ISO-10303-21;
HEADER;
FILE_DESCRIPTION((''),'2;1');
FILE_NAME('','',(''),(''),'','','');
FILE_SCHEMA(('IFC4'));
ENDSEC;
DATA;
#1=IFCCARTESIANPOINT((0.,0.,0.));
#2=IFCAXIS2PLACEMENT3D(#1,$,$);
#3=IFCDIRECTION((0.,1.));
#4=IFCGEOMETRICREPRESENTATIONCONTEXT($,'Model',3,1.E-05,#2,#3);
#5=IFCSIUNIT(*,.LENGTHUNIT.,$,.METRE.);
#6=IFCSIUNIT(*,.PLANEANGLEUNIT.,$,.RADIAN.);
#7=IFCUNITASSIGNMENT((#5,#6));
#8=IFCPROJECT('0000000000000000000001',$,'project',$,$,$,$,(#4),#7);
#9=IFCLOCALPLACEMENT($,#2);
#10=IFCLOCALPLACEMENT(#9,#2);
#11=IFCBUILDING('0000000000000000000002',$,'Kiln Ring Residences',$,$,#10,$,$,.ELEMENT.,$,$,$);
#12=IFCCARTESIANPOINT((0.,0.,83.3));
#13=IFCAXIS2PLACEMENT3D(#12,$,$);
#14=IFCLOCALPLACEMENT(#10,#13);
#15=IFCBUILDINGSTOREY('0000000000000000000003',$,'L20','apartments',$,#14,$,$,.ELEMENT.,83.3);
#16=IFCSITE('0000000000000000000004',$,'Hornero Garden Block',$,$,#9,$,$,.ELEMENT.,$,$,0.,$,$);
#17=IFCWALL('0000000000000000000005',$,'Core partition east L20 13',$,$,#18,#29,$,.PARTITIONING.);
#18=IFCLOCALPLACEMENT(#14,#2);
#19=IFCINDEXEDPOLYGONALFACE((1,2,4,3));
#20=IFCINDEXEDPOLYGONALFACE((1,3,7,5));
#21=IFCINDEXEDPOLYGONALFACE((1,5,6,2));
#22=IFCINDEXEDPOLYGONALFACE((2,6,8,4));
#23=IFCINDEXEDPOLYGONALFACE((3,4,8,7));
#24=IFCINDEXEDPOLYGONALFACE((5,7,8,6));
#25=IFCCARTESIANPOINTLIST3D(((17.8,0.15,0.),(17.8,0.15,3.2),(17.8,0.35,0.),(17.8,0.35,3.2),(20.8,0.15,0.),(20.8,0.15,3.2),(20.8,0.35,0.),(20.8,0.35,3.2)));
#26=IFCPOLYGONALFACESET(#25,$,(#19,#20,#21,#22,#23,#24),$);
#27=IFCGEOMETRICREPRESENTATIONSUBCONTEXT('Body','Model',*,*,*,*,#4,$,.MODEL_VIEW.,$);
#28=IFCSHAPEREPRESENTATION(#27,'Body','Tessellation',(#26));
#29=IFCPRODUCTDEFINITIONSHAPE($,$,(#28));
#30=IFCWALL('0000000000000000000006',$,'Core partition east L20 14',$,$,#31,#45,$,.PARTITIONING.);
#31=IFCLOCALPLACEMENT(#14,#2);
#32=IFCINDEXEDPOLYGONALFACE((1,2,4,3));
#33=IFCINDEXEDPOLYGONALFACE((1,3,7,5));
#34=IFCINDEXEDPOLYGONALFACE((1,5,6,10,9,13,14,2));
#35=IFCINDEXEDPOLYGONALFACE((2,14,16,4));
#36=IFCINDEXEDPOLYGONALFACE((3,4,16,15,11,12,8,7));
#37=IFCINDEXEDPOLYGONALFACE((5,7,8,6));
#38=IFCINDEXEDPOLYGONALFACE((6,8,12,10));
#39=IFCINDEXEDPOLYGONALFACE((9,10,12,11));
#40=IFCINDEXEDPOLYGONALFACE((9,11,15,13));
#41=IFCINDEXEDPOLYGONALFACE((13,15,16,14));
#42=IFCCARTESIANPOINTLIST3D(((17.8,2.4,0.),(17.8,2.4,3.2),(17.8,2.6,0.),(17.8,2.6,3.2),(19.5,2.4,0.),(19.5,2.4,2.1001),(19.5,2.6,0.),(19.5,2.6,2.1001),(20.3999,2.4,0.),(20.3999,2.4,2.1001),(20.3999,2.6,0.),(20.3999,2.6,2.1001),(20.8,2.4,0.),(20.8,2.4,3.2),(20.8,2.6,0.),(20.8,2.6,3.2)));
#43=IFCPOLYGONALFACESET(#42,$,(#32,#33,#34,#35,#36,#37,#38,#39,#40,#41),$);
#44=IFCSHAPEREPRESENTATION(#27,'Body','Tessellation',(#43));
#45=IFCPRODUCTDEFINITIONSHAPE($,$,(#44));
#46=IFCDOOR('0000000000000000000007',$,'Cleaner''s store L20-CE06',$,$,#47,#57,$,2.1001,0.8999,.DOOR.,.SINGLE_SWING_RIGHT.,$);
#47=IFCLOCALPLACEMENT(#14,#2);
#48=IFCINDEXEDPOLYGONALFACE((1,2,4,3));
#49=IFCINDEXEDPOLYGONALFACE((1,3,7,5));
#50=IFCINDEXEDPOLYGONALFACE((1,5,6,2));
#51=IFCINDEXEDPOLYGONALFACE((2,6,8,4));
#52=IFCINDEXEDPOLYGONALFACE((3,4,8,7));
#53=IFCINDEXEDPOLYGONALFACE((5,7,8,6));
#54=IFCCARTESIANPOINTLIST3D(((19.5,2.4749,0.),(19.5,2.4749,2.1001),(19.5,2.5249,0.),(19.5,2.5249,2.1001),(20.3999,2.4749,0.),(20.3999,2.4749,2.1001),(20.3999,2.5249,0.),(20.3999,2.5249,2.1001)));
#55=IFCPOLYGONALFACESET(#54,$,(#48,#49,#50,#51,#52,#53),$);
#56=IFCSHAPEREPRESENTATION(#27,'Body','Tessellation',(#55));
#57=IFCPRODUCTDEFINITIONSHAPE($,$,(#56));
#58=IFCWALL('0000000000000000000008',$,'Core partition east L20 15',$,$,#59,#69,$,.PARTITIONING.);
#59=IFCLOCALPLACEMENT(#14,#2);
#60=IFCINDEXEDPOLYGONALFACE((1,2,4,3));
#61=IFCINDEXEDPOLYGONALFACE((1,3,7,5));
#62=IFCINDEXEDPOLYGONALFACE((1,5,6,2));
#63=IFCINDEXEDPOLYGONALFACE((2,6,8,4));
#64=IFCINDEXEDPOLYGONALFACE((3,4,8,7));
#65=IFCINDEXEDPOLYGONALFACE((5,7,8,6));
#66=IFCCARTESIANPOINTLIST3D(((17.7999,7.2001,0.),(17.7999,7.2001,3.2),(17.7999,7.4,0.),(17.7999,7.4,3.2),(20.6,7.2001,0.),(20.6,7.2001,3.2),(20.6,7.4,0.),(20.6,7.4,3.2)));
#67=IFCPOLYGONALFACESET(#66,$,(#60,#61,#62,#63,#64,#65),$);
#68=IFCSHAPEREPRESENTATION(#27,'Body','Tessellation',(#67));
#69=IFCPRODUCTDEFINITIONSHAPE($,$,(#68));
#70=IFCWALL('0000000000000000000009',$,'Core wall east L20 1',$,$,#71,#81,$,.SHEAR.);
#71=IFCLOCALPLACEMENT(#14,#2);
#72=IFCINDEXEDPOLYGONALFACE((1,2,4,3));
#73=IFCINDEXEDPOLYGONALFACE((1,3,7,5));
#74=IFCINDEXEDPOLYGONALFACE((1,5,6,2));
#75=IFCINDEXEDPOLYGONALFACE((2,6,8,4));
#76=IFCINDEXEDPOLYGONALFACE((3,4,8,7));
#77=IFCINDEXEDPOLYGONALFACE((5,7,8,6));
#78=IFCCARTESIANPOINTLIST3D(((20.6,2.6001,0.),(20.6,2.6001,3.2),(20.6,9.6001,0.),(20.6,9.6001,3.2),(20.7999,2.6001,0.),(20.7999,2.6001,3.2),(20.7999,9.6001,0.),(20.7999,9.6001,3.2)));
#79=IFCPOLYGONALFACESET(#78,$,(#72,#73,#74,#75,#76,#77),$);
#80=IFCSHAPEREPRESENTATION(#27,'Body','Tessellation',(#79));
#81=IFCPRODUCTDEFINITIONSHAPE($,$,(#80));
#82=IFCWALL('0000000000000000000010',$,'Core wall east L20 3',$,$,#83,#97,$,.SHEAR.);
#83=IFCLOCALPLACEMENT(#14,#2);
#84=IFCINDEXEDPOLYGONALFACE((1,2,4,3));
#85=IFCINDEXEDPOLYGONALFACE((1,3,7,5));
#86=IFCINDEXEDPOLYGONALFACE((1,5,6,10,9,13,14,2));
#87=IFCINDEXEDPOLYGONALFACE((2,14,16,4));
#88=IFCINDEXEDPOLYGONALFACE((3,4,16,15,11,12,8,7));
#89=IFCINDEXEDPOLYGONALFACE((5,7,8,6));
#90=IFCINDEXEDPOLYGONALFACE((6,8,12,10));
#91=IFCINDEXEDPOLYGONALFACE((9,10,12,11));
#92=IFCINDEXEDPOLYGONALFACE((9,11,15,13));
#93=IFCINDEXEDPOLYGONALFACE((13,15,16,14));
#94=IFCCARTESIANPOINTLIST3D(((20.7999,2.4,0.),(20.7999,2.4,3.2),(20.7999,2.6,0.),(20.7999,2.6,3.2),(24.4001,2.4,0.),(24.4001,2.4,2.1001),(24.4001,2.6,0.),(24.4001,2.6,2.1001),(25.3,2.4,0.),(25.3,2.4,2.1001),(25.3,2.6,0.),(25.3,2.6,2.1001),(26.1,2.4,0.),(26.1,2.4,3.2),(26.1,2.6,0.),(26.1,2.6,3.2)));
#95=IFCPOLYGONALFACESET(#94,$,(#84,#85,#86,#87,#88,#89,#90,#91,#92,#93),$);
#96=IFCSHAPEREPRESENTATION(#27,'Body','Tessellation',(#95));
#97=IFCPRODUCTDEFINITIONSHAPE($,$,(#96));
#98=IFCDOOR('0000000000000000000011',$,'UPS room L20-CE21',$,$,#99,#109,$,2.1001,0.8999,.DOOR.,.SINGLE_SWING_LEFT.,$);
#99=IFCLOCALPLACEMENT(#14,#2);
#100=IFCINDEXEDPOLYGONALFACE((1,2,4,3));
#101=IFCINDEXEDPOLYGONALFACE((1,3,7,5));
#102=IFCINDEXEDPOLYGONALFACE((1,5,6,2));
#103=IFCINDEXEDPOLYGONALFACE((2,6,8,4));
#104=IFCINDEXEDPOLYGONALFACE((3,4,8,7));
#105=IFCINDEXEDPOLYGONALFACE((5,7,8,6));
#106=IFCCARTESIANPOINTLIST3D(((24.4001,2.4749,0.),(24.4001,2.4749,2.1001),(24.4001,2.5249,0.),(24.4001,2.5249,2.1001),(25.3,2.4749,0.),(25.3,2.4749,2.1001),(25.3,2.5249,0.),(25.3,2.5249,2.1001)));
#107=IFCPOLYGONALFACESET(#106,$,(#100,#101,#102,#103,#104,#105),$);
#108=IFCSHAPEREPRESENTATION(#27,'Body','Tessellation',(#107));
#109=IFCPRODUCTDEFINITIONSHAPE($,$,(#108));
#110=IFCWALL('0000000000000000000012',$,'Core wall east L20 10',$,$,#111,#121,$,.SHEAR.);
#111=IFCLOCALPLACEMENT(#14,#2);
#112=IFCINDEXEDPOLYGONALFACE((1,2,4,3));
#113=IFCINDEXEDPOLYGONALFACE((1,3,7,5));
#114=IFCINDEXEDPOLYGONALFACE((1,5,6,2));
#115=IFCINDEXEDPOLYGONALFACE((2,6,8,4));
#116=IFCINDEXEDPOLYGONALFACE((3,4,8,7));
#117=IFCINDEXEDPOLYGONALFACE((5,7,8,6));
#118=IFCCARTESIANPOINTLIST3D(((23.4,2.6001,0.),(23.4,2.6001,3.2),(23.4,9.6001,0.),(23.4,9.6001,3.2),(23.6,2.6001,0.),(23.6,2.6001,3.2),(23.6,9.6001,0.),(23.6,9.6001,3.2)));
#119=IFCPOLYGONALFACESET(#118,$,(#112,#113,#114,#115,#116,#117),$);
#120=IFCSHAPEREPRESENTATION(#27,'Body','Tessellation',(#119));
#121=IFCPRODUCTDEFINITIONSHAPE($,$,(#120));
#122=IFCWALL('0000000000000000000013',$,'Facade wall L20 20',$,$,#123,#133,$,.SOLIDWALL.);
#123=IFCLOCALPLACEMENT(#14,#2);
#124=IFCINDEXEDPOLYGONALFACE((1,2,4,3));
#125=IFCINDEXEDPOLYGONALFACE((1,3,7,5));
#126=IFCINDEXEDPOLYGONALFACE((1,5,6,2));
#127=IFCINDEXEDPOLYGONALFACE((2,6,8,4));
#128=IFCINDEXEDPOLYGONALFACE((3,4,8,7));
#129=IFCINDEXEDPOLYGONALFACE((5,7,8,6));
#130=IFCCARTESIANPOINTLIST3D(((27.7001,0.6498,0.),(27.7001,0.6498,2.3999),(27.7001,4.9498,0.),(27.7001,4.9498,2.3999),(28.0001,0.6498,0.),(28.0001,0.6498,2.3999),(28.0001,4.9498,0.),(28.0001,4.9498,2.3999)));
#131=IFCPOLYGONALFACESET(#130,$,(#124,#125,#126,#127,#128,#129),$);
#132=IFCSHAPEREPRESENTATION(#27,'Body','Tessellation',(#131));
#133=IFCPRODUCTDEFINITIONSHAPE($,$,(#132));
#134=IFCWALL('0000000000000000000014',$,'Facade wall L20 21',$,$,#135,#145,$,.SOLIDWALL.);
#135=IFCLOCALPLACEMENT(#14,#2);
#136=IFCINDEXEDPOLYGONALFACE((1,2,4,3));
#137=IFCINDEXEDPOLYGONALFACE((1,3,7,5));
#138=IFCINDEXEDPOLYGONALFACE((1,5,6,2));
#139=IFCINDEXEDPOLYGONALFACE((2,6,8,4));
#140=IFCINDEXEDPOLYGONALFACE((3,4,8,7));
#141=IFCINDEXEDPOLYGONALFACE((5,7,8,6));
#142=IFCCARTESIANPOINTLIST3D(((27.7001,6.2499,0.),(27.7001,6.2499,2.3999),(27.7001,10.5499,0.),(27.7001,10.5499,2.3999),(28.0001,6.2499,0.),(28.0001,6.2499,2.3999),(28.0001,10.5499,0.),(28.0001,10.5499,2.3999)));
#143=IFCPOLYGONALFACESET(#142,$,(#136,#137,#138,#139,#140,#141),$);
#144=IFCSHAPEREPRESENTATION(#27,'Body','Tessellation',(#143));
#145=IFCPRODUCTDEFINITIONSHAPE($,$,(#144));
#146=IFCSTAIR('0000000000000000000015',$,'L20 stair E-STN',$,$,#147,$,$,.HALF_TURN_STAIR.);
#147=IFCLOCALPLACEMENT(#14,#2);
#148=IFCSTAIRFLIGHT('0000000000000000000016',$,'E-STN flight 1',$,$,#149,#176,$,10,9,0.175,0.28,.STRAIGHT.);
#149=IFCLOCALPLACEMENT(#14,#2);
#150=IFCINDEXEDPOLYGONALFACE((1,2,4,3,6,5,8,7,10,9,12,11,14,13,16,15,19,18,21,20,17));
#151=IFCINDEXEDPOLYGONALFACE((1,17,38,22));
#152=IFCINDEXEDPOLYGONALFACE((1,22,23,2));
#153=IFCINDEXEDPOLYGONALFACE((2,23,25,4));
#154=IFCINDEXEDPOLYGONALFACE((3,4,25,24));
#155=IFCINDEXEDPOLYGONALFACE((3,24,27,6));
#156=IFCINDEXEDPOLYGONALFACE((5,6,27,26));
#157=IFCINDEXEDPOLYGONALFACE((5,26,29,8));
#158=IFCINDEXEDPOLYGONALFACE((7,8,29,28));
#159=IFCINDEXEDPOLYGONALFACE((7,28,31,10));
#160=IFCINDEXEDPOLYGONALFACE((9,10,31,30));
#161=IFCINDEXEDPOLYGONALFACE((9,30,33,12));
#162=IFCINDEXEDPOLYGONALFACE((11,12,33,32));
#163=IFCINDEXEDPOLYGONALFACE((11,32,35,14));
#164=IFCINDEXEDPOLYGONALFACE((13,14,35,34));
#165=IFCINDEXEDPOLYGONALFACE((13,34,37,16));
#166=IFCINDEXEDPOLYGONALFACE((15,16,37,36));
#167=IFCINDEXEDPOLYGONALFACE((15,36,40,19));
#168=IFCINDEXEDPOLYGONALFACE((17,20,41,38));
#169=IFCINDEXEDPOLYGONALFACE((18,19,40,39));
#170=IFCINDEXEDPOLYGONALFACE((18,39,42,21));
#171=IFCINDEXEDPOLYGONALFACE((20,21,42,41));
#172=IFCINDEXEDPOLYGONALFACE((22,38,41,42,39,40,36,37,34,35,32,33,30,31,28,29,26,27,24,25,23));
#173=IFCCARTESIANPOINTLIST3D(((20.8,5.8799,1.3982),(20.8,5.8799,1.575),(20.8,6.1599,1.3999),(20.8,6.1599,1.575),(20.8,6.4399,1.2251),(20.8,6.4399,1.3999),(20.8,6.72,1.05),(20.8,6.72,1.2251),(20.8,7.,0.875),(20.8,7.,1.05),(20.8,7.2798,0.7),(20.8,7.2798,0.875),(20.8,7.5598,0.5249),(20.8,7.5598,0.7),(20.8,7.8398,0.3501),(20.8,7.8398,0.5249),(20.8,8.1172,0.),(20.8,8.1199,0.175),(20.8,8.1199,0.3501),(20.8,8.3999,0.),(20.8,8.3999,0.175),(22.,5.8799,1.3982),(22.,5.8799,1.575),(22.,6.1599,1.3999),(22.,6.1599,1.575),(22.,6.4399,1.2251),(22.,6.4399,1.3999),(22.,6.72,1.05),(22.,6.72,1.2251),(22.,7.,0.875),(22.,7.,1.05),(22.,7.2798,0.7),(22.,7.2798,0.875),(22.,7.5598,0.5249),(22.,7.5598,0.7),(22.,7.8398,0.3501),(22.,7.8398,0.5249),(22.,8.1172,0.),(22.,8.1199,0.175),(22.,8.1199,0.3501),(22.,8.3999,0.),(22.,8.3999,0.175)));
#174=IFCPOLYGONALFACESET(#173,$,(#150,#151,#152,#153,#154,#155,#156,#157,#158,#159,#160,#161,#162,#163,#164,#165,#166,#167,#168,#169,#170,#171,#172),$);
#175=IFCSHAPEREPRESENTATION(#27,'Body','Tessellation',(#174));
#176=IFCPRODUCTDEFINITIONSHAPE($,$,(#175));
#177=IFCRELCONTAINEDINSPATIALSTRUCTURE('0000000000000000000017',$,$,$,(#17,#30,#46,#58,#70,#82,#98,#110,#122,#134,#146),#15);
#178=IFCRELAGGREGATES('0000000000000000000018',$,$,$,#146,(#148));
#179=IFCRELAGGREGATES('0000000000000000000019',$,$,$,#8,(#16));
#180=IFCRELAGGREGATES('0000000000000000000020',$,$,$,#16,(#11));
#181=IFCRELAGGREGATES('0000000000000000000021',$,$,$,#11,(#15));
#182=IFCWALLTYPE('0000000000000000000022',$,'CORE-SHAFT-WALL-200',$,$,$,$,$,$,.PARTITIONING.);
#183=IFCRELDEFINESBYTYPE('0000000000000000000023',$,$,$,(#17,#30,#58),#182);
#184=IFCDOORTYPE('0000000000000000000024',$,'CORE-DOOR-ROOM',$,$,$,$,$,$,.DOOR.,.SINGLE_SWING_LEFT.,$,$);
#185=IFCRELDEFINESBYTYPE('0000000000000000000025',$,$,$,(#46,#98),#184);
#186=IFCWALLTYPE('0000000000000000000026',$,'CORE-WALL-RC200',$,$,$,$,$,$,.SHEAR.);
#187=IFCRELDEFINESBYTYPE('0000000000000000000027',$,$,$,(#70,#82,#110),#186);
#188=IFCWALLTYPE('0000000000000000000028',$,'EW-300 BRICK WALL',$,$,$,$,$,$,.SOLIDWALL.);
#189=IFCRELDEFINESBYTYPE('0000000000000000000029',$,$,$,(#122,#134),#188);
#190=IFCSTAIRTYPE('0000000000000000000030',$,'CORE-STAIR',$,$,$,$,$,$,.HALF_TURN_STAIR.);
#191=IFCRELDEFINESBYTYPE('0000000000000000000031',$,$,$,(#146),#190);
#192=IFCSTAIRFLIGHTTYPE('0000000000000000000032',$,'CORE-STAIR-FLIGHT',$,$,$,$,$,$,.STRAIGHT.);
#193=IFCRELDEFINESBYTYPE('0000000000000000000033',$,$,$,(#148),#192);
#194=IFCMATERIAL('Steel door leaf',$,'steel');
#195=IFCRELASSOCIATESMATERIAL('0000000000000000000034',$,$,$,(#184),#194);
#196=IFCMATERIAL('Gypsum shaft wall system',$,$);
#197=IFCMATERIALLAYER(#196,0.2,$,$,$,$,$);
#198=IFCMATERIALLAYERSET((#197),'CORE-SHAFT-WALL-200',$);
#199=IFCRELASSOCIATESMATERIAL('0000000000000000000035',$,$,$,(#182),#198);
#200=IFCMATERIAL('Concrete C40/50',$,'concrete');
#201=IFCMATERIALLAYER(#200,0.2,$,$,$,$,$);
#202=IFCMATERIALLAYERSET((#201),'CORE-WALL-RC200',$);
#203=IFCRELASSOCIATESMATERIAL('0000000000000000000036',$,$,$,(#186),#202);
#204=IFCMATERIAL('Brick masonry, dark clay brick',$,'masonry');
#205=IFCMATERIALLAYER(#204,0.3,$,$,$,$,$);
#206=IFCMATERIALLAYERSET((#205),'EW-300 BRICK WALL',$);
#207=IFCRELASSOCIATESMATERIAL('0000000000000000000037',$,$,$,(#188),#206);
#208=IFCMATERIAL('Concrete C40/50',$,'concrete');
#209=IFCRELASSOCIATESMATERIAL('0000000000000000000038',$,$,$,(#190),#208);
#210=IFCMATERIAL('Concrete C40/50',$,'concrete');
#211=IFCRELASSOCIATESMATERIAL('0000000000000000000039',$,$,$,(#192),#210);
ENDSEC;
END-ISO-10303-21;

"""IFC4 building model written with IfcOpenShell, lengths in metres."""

from ifc_helpers import new_model, si_unit, direction, frame, frame_2d, origin, place, context, subcontext, project, spatial, polyline, rectangle, outline, extrude, material, layer, layer_set, type_object, element, fill, aggregate, save


model = new_model("IFC4")

# Units and contexts
model_context = context("Model", 3, precision=1e-05, world=origin(), true_north=direction((0.0, 1.0)))
body_context = subcontext(model_context, "Body", "Model", "MODEL_VIEW")
ifc_project = project(units=[si_unit("LENGTHUNIT", "METRE"), si_unit("PLANEANGLEUNIT", "RADIAN")], contexts=[model_context])

# Site, building, storey
site_placement = place(None, origin())
site = spatial("IfcSite", under=ifc_project, at=site_placement, Name="Hornero Garden Block", CompositionType="ELEMENT", RefElevation=0.0)
building_placement = place(site_placement, origin())
building = spatial("IfcBuilding", under=site, at=building_placement, Name="Kiln Ring Residences", CompositionType="ELEMENT")
storey_placement = place(building_placement, frame((0.0, 0.0, 83.3)))
storey = spatial("IfcBuildingStorey", under=building, at=storey_placement, Name="L20", Description="apartments", CompositionType="ELEMENT", Elevation=83.3)

# Shared definitions
ifc_material_1 = material(Name="Steel door leaf", Category="steel")
door_type = type_object("IfcDoorType", Name="CORE-DOOR-ROOM", OperationType="SINGLE_SWING_LEFT", PredefinedType="DOOR", material=ifc_material_1)

# Wall
ifc_material_2 = material(Name="Gypsum shaft wall system")
ifc_layer_1 = layer(ifc_material_2, 0.2)
ifc_layer_set_1 = layer_set([ifc_layer_1], Name="CORE-SHAFT-WALL-200")
wall_type_1 = type_object("IfcWallType", Name="CORE-SHAFT-WALL-200", PredefinedType="PARTITIONING", material=ifc_layer_set_1)
wall_1_placement = place(storey_placement, frame((17.8, 0.25, 0.0), z_axis=(0.0, 0.0, 1.0), x_axis=(1.0, 0.0, 0.0)))
element("IfcWall", 1, at=wall_1_placement, inside=storey, type_object=wall_type_1, Name="Core partition east L20 13", PredefinedType="PARTITIONING", context=body_context, shape_type="SweptSolid", body=[
    extrude(rectangle(XDim=3.0, YDim=0.2, at=frame_2d((1.5, 0.0))), origin(), (0.0, 0.0, 1.0), 3.2),
])

# Wall, opening, door
wall_2_placement = place(storey_placement, frame((17.8, 2.5, 0.0), z_axis=(0.0, 0.0, 1.0), x_axis=(1.0, 0.0, 0.0)))
wall_2 = element("IfcWall", 2, at=wall_2_placement, inside=storey, type_object=wall_type_1, Name="Core partition east L20 14", PredefinedType="PARTITIONING", context=body_context, shape_type="SweptSolid", body=[
    extrude(rectangle(XDim=3.0, YDim=0.2, at=frame_2d((1.5, 0.0))), origin(), (0.0, 0.0, 1.0), 3.2),
])
opening_1_placement = place(wall_2_placement, frame((1.7, 0.0, 0.0)))
opening_1 = element("IfcOpeningElement", 3, at=opening_1_placement, cuts=wall_2, PredefinedType="OPENING", context=body_context, shape_type="SweptSolid", body=[
    extrude(rectangle(XDim=0.8999, YDim=2.1001, at=frame_2d((0.45, 1.05))), frame((0.0, 0.1099, 0.0), z_axis=(0.0, -1.0, 0.0), x_axis=(1.0, 0.0, 0.0)), (0.0, 0.0, 1.0), 0.22),
])
door_1_placement = place(opening_1_placement, origin())
door_1 = element("IfcDoor", 4, at=door_1_placement, inside=storey, type_object=door_type, Name="Cleaner's store L20-CE06", OperationType="SINGLE_SWING_RIGHT", OverallHeight=2.1001, OverallWidth=0.8999, PredefinedType="DOOR", context=body_context, shape_type="SweptSolid", body=[
    extrude(rectangle(XDim=0.8999, YDim=2.1001, at=frame_2d((0.45, 1.05))), frame((0.0, 0.0249, 0.0), z_axis=(0.0, -1.0, 0.0), x_axis=(1.0, 0.0, 0.0)), (0.0, 0.0, 1.0), 0.05),
])
fill(opening_1, door_1)

# Walls
wall_3_placement = place(storey_placement, frame((17.8, 7.3, 0.0), z_axis=(0.0, 0.0, 1.0), x_axis=(1.0, 0.0, 0.0)))
element("IfcWall", 5, at=wall_3_placement, inside=storey, type_object=wall_type_1, Name="Core partition east L20 15", PredefinedType="PARTITIONING", context=body_context, shape_type="SweptSolid", body=[
    extrude(rectangle(XDim=2.8, YDim=0.2, at=frame_2d((1.3999, 0.0))), origin(), (0.0, 0.0, 1.0), 3.2),
])
ifc_material_3 = material(Name="Concrete C40/50", Category="concrete")
ifc_layer_2 = layer(ifc_material_3, 0.2)
ifc_layer_set_2 = layer_set([ifc_layer_2], Name="CORE-WALL-RC200")
wall_type_2 = type_object("IfcWallType", Name="CORE-WALL-RC200", PredefinedType="SHEAR", material=ifc_layer_set_2)
wall_4_placement = place(storey_placement, frame((20.7, 2.6001, 0.0), z_axis=(0.0, 0.0, 1.0), x_axis=(0.0, 1.0, 0.0)))
element("IfcWall", 6, at=wall_4_placement, inside=storey, type_object=wall_type_2, Name="Core wall east L20 1", PredefinedType="SHEAR", context=body_context, shape_type="SweptSolid", body=[
    extrude(rectangle(XDim=7.0, YDim=0.2, at=frame_2d((3.5, 0.0))), origin(), (0.0, 0.0, 1.0), 3.2),
])

# Wall, opening, door
wall_5_placement = place(storey_placement, frame((20.8, 2.5, 0.0), z_axis=(0.0, 0.0, 1.0), x_axis=(1.0, 0.0, 0.0)))
wall_5 = element("IfcWall", 7, at=wall_5_placement, inside=storey, type_object=wall_type_2, Name="Core wall east L20 3", PredefinedType="SHEAR", context=body_context, shape_type="SweptSolid", body=[
    extrude(rectangle(XDim=5.3, YDim=0.2, at=frame_2d((2.6499, 0.0))), origin(), (0.0, 0.0, 1.0), 3.2),
])
opening_2_placement = place(wall_5_placement, frame((3.6001, 0.0, 0.0)))
opening_2 = element("IfcOpeningElement", 8, at=opening_2_placement, cuts=wall_5, PredefinedType="OPENING", context=body_context, shape_type="SweptSolid", body=[
    extrude(rectangle(XDim=0.8999, YDim=2.1001, at=frame_2d((0.45, 1.05))), frame((0.0, 0.1099, 0.0), z_axis=(0.0, -1.0, 0.0), x_axis=(1.0, 0.0, 0.0)), (0.0, 0.0, 1.0), 0.22),
])
door_2_placement = place(opening_2_placement, origin())
door_2 = element("IfcDoor", 9, at=door_2_placement, inside=storey, type_object=door_type, Name="UPS room L20-CE21", OperationType="SINGLE_SWING_LEFT", OverallHeight=2.1001, OverallWidth=0.8999, PredefinedType="DOOR", context=body_context, shape_type="SweptSolid", body=[
    extrude(rectangle(XDim=0.8999, YDim=2.1001, at=frame_2d((0.45, 1.05))), frame((0.0, 0.0249, 0.0), z_axis=(0.0, -1.0, 0.0), x_axis=(1.0, 0.0, 0.0)), (0.0, 0.0, 1.0), 0.05),
])
fill(opening_2, door_2)

# Walls
wall_6_placement = place(storey_placement, frame((23.5, 2.6001, 0.0), z_axis=(0.0, 0.0, 1.0), x_axis=(0.0, 1.0, 0.0)))
element("IfcWall", 10, at=wall_6_placement, inside=storey, type_object=wall_type_2, Name="Core wall east L20 10", PredefinedType="SHEAR", context=body_context, shape_type="SweptSolid", body=[
    extrude(rectangle(XDim=7.0, YDim=0.2, at=frame_2d((3.5, 0.0))), origin(), (0.0, 0.0, 1.0), 3.2),
])
ifc_material_4 = material(Name="Brick masonry, dark clay brick", Category="masonry")
ifc_layer_3 = layer(ifc_material_4, 0.3)
ifc_layer_set_3 = layer_set([ifc_layer_3], Name="EW-300 BRICK WALL")
wall_type_3 = type_object("IfcWallType", Name="EW-300 BRICK WALL", PredefinedType="SOLIDWALL", material=ifc_layer_set_3)
for number, where, z_axis, x_axis, name in (
    (11, (27.8501, 0.6499, 0.0), (0.0, 0.0, 1.0), (0.0, 1.0, 0.0), "Facade wall L20 20"),
    (12, (27.8501, 6.25, 0.0), (0.0, 0.0, 1.0), (0.0, 1.0, 0.0), "Facade wall L20 21"),
):
    element("IfcWall", number, at=place(storey_placement, frame(where, z_axis=z_axis, x_axis=x_axis)), inside=storey, type_object=wall_type_3, Name=name, PredefinedType="SOLIDWALL", context=body_context, shape_type="SweptSolid", body=[
        extrude(rectangle(XDim=4.3, YDim=0.3, at=frame_2d((2.1499, 0.0))), origin(), (0.0, 0.0, 1.0), 2.3999),
    ])

# Stair, stair flight
ifc_material_5 = material(Name="Concrete C40/50", Category="concrete")
stair_type = type_object("IfcStairType", Name="CORE-STAIR", PredefinedType="HALF_TURN_STAIR", material=ifc_material_5)
stair_placement = place(storey_placement, origin())
stair = element("IfcStair", 13, at=stair_placement, inside=storey, type_object=stair_type, Name="L20 stair E-STN", PredefinedType="HALF_TURN_STAIR")
ifc_material_6 = material(Name="Concrete C40/50", Category="concrete")
stair_flight_type = type_object("IfcStairFlightType", Name="CORE-STAIR-FLIGHT", PredefinedType="STRAIGHT", material=ifc_material_6)
stair_flight_1_placement = place(storey_placement, frame((21.3999, 8.3999, 0.0), z_axis=(0.0, 0.0, 1.0), x_axis=(0.0, -1.0, 0.0)))
stair_flight_1 = element("IfcStairFlight", 14, at=stair_flight_1_placement, type_object=stair_flight_type, Name="E-STN flight 1", NumberOfRisers=10, NumberOfTreads=9, PredefinedType="STRAIGHT", RiserHeight=0.175, TreadLength=0.28, context=body_context, shape_type="SweptSolid", body=[
    extrude(outline(polyline([(0.0, 0.0), (0.0, 0.175), (0.28, 0.175), (0.28, 0.3501), (0.5601, 0.3501), (0.5601, 0.5249), (0.8401, 0.5249), (0.8401, 0.7), (1.1201, 0.7), (1.1201, 0.875), (1.3999, 0.875), (1.3999, 1.05), (1.6799, 1.05), (1.6799, 1.2251), (1.96, 1.2251), (1.96, 1.3999), (2.24, 1.3999), (2.24, 1.575), (2.52, 1.575), (2.52, 1.75), (2.52, 1.3982), (0.2827, 0.0), (0.0, 0.0)])), frame((0.0, 0.6001, 0.0), z_axis=(0.0, -1.0, 0.0), x_axis=(1.0, 0.0, 0.0)), (0.0, 0.0, 1.0), 1.2),
])
aggregate(stair, [stair_flight_1])

save(model, "model.ifc")
